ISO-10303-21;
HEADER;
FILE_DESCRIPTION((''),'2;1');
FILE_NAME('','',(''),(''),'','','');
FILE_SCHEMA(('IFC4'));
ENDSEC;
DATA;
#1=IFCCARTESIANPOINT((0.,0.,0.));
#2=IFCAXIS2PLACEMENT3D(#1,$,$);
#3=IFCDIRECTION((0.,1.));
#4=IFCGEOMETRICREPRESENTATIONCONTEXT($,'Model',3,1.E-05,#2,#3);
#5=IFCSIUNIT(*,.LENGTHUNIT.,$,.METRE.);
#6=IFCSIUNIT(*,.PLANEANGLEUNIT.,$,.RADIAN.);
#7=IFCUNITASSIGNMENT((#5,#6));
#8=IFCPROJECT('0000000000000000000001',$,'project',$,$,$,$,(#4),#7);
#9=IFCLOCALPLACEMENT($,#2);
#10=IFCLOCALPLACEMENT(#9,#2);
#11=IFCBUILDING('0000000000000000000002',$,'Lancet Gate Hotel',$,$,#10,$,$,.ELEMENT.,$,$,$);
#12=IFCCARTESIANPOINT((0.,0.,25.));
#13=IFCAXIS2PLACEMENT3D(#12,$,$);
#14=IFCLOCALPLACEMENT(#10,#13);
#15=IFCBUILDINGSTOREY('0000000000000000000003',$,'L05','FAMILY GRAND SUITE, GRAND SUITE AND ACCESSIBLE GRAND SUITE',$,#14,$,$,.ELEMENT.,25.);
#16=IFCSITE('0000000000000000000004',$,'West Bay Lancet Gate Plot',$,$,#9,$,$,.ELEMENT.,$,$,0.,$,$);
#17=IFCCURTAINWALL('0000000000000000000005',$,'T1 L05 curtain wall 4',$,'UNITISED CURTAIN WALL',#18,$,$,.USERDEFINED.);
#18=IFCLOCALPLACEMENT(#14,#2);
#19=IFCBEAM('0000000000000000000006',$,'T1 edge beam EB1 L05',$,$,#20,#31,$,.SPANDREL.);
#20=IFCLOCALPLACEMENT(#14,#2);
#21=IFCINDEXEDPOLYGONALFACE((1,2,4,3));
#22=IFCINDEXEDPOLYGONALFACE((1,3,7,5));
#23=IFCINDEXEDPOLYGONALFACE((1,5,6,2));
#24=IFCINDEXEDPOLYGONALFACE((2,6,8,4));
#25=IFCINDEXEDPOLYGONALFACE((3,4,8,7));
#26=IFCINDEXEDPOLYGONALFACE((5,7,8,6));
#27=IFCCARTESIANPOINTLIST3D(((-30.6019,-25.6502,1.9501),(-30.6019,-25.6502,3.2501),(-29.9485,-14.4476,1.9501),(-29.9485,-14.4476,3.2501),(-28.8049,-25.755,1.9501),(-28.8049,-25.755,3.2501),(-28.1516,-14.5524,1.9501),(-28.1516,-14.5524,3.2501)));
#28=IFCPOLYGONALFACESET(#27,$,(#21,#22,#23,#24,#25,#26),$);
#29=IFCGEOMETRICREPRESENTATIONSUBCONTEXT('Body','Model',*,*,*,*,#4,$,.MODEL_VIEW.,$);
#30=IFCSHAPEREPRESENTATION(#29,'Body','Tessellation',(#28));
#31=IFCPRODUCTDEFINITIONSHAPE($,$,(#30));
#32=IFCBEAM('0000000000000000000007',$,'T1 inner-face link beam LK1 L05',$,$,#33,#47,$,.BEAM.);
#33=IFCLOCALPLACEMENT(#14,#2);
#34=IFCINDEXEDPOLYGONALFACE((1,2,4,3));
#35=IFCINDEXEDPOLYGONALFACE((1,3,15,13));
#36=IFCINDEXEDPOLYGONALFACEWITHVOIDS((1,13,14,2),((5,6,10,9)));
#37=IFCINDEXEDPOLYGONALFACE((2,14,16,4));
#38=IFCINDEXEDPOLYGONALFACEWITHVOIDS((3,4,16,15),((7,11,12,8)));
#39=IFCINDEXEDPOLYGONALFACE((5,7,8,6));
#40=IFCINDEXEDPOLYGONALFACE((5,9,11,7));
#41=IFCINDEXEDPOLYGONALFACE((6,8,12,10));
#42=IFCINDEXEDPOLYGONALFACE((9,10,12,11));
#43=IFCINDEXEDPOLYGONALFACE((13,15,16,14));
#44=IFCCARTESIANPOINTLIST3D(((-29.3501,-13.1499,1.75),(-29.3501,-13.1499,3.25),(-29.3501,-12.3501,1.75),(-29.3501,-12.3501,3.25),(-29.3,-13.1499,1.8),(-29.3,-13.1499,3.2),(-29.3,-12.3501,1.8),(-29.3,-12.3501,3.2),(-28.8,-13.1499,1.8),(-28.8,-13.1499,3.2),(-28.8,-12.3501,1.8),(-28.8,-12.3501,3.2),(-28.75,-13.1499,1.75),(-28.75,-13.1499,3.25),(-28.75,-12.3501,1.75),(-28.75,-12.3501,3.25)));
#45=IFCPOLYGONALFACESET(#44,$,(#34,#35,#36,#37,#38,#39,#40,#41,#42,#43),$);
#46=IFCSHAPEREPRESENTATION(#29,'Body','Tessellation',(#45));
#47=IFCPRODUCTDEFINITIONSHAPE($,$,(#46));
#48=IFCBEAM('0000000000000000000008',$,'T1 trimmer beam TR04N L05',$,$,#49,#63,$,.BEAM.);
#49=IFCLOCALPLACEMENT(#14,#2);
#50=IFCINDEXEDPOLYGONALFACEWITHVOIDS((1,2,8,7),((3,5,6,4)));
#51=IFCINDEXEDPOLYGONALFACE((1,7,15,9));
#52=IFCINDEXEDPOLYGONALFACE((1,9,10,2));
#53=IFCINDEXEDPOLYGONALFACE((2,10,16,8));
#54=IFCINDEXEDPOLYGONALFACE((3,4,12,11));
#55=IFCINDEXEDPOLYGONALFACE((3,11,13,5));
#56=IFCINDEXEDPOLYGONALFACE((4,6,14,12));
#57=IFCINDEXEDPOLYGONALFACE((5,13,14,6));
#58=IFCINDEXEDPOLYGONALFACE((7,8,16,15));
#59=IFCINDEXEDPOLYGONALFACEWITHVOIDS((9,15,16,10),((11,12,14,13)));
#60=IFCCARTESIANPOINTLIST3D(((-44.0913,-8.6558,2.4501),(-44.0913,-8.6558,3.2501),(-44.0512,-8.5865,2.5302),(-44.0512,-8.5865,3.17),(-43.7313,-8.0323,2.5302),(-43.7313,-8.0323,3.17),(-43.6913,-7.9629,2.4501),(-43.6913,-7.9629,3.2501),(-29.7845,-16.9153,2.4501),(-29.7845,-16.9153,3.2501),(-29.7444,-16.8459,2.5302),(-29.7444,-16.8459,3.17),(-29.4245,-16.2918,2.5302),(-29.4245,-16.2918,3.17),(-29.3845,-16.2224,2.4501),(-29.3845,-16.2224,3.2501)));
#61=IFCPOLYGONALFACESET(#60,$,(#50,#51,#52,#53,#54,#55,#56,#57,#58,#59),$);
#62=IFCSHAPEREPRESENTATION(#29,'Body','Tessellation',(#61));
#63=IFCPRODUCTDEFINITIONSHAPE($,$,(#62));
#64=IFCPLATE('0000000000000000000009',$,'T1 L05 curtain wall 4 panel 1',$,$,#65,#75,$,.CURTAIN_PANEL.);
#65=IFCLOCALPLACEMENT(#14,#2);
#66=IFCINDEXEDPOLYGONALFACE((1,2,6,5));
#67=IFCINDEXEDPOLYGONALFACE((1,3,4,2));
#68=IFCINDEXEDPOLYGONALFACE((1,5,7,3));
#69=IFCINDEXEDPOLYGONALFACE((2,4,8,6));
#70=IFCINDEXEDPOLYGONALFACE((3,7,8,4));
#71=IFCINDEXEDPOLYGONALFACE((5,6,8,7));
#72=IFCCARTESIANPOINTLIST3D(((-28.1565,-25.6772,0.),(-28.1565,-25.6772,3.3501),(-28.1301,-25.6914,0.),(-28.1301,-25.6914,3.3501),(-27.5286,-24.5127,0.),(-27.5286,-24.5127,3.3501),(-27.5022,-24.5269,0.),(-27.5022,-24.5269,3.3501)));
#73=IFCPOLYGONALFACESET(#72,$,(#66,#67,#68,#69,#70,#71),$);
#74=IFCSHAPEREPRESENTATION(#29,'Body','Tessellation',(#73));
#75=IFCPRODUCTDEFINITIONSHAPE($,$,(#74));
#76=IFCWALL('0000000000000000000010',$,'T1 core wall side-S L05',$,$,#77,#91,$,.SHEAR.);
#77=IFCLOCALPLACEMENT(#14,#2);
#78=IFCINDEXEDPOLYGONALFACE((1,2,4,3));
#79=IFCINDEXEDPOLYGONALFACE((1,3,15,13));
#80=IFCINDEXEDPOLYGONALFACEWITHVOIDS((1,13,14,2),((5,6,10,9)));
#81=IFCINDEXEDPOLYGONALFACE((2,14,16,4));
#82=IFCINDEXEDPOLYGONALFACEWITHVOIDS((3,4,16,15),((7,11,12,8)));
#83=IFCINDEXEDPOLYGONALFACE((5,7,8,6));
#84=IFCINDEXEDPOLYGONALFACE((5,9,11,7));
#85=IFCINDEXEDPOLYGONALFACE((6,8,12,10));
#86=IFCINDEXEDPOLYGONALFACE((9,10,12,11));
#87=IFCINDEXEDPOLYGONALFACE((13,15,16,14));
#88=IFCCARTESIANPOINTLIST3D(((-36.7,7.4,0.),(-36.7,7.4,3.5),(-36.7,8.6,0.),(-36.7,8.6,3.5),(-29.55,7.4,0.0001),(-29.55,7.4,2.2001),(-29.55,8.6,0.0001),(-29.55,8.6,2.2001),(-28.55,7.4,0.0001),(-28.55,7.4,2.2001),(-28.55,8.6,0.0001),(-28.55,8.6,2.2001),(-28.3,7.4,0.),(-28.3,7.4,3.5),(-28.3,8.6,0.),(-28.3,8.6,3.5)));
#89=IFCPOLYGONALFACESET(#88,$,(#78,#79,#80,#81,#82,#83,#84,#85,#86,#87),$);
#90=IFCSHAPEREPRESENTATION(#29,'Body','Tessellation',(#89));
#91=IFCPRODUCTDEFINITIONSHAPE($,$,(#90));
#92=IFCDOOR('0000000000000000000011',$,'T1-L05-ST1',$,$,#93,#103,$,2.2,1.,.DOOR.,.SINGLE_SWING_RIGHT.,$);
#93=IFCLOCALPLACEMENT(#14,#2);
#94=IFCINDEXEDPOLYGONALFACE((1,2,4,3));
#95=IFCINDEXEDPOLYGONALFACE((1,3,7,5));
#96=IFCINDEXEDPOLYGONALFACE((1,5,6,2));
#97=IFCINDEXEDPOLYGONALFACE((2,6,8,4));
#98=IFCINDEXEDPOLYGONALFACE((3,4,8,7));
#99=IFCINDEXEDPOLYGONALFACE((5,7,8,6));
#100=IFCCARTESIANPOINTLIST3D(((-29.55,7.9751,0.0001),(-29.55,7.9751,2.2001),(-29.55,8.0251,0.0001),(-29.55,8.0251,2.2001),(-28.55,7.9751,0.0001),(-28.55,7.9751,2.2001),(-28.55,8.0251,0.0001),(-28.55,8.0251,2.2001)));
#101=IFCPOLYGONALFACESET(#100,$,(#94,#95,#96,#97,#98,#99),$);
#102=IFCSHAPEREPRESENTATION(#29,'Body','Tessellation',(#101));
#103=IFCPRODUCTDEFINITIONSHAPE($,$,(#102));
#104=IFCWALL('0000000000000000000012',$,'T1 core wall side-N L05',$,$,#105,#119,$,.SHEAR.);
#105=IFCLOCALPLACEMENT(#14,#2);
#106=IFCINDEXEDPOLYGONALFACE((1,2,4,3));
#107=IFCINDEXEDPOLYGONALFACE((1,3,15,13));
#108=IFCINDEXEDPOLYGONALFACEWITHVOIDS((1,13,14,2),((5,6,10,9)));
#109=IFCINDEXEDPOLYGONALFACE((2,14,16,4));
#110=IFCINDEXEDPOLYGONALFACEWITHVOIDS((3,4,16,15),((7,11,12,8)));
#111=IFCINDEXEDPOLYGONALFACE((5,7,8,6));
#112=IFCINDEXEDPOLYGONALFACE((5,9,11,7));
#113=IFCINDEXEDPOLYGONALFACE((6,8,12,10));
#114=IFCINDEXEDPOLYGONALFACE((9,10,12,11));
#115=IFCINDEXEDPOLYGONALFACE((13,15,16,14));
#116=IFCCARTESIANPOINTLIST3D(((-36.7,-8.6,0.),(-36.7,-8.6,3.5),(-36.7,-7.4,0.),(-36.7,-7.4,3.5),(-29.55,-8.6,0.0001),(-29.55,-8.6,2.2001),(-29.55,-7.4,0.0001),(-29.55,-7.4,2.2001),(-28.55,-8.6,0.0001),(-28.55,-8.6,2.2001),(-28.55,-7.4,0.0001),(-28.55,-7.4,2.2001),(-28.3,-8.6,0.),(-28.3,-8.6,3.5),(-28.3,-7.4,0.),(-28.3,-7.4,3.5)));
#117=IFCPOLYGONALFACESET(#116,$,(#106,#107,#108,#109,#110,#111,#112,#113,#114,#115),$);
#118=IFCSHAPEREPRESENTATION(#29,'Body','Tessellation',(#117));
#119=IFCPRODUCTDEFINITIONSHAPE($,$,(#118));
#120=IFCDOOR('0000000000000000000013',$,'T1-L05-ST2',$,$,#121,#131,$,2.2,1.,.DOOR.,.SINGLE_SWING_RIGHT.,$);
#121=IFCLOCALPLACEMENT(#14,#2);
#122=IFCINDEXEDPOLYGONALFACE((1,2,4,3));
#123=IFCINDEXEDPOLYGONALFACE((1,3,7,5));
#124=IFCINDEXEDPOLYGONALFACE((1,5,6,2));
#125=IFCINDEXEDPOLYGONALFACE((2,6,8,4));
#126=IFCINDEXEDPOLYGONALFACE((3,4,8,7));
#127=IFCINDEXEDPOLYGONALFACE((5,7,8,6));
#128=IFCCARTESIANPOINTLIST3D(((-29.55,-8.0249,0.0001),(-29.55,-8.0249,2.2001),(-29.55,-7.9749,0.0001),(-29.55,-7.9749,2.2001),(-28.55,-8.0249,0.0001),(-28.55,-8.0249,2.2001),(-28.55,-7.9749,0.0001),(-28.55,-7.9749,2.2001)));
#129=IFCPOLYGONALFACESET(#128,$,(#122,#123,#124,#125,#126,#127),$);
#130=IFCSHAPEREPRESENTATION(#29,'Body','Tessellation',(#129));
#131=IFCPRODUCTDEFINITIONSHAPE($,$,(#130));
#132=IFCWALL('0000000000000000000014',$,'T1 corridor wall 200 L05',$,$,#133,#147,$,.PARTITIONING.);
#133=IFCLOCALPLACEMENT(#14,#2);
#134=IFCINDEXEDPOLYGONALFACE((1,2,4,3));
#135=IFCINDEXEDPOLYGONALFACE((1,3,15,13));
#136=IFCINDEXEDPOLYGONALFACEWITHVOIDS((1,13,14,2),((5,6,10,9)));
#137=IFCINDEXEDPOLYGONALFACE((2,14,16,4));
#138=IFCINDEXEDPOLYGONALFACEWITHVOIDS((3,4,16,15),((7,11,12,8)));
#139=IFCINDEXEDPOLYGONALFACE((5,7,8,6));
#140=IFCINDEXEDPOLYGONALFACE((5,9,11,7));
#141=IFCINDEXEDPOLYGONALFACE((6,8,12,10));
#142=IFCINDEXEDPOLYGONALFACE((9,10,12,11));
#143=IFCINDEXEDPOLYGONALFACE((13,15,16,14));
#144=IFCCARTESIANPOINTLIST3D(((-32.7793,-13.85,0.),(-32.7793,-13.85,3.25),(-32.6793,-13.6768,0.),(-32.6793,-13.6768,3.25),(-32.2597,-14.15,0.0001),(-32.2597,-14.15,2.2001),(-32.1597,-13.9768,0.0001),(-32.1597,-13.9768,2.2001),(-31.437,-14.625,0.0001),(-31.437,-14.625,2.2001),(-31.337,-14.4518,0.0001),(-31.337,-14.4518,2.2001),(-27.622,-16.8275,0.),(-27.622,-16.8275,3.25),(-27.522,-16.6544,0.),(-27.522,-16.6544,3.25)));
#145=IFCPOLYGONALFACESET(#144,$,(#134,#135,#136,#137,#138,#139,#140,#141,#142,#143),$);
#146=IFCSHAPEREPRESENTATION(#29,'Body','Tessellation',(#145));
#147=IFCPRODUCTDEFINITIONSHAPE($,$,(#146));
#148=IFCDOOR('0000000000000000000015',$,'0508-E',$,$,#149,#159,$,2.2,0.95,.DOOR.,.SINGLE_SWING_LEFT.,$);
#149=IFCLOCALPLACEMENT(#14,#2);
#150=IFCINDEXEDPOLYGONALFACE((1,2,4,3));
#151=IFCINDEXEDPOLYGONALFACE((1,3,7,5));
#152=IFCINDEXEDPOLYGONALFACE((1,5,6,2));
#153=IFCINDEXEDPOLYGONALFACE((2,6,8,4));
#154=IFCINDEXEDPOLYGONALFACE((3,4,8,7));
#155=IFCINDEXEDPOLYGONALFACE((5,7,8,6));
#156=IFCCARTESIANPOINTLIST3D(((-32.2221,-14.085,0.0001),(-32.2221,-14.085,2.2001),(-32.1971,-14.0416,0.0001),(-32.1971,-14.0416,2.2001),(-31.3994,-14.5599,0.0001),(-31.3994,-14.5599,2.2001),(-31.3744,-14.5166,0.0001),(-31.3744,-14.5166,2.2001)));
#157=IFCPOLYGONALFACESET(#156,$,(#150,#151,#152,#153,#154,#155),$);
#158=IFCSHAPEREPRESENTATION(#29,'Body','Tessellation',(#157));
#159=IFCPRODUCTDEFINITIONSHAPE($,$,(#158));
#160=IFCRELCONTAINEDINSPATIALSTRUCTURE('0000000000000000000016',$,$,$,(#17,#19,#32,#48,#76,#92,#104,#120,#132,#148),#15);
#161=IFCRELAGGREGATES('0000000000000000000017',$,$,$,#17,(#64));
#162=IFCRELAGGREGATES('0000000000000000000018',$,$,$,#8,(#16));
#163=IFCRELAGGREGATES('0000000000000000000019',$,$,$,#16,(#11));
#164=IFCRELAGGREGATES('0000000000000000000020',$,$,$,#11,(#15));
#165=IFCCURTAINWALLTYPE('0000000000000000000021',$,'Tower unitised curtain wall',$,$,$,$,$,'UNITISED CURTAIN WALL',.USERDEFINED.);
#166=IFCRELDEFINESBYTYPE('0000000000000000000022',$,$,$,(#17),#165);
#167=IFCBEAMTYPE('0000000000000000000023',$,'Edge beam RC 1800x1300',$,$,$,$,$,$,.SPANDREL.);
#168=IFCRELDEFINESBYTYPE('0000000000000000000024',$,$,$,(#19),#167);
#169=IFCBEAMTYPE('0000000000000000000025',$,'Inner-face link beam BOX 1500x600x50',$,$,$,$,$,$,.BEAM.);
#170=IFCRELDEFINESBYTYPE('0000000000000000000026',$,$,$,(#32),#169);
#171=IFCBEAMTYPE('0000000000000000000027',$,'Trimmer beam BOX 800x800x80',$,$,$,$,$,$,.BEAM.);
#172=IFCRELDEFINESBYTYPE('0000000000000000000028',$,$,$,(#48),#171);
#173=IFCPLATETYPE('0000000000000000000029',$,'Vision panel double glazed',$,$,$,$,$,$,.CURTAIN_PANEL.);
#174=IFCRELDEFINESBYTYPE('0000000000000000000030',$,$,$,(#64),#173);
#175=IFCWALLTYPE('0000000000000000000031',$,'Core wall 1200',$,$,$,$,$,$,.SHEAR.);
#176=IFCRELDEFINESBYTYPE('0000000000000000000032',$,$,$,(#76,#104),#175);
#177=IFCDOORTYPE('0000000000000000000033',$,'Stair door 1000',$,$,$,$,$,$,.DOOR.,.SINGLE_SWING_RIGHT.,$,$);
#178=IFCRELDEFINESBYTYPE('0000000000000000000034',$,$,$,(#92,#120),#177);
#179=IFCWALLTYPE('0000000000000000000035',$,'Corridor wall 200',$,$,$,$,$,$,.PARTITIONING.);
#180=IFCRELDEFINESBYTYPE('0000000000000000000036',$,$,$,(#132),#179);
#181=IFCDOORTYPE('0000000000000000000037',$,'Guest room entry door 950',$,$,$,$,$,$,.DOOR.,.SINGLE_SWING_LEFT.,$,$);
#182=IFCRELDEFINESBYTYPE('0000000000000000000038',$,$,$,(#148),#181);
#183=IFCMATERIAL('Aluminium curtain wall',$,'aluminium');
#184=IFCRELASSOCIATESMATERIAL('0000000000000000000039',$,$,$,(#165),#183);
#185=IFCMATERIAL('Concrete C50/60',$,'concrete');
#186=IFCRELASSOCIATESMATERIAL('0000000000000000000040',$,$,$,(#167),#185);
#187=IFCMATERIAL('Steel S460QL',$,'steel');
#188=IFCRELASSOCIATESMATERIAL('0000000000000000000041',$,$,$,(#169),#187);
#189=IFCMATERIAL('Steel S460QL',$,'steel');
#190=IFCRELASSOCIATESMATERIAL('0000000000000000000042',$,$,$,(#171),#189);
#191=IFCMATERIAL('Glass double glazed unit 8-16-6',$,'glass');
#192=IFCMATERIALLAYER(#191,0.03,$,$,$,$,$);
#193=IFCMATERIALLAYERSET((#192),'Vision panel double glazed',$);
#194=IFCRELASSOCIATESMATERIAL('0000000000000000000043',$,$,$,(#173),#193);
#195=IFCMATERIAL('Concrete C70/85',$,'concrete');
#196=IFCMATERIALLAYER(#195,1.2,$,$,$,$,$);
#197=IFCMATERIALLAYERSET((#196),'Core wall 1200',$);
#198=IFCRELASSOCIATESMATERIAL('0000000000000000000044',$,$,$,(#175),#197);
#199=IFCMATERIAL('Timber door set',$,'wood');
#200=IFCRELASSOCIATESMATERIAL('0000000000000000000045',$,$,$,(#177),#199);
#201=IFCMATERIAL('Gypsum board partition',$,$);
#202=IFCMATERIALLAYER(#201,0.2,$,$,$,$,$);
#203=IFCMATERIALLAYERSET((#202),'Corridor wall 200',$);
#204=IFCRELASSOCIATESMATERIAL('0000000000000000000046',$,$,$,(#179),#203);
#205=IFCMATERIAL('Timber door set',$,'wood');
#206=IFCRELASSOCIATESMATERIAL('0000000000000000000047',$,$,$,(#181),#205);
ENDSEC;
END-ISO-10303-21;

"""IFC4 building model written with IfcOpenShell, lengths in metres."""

from ifc_helpers import new_model, si_unit, direction, frame, frame_2d, origin, origin_2d, place, context, subcontext, project, spatial, rectangle, hollow_rectangle, extrude, material, layer, layer_set, material_profile, profile_set, type_object, element, fill, aggregate, save


model = new_model("IFC4")

# Units and contexts
model_context = context("Model", 3, precision=1e-05, world=origin(), true_north=direction((0.0, 1.0)))
body_context = subcontext(model_context, "Body", "Model", "MODEL_VIEW")
ifc_project = project(units=[si_unit("LENGTHUNIT", "METRE"), si_unit("PLANEANGLEUNIT", "RADIAN")], contexts=[model_context])

# Site, building, storey
site_placement = place(None, origin())
site = spatial("IfcSite", under=ifc_project, at=site_placement, Name="West Bay Lancet Gate Plot", CompositionType="ELEMENT", RefElevation=0.0)
building_placement = place(site_placement, origin())
building = spatial("IfcBuilding", under=site, at=building_placement, Name="Lancet Gate Hotel", CompositionType="ELEMENT")
storey_placement = place(building_placement, frame((0.0, 0.0, 25.0)))
storey = spatial("IfcBuildingStorey", under=building, at=storey_placement, Name="L05", Description="FAMILY GRAND SUITE, GRAND SUITE AND ACCESSIBLE GRAND SUITE", CompositionType="ELEMENT", Elevation=25.0)

# Curtain wall
ifc_material_1 = material(Name="Aluminium curtain wall", Category="aluminium")
curtain_wall_type = type_object("IfcCurtainWallType", Name="Tower unitised curtain wall", ElementType="UNITISED CURTAIN WALL", PredefinedType="USERDEFINED", material=ifc_material_1)
curtain_wall_1_placement = place(storey_placement, origin())
curtain_wall_1 = element("IfcCurtainWall", 1, at=curtain_wall_1_placement, inside=storey, type_object=curtain_wall_type, Name="T1 L05 curtain wall 4", ObjectType="UNITISED CURTAIN WALL", PredefinedType="USERDEFINED")

# Beams
ifc_material_2 = material(Name="Concrete C50/60", Category="concrete")
ifc_material_profile_1 = material_profile(ifc_material_2, rectangle(XDim=1.8, YDim=1.3, at=origin_2d()), Name="RC 1800x1300")
ifc_profile_set_1 = profile_set([ifc_material_profile_1], Name="Concrete C50/60")
beam_type_1 = type_object("IfcBeamType", Name="Edge beam RC 1800x1300", PredefinedType="SPANDREL", material=ifc_profile_set_1)
beam_1_placement = place(storey_placement, frame((-29.05, -14.5, 2.6001), z_axis=(-0.05822, -0.998304, 0.0), x_axis=(0.998304, -0.05822, 0.0)))
element("IfcBeam", 2, at=beam_1_placement, inside=storey, type_object=beam_type_1, Name="T1 edge beam EB1 L05", PredefinedType="SPANDREL", context=body_context, shape_type="SweptSolid", body=[
    extrude(rectangle(XDim=1.8, YDim=1.3, at=origin_2d()), origin(), (0.0, 0.0, 1.0), 11.2217),
])
ifc_material_3 = material(Name="Steel S460QL", Category="steel")
ifc_material_profile_2 = material_profile(ifc_material_3, hollow_rectangle(XDim=0.6001, YDim=1.5, WallThickness=0.05, at=origin_2d()), Name="BOX 1500x600x50")
ifc_profile_set_2 = profile_set([ifc_material_profile_2], Name="Steel S460QL")
beam_type_2 = type_object("IfcBeamType", Name="Inner-face link beam BOX 1500x600x50", PredefinedType="BEAM", material=ifc_profile_set_2)
beam_2_placement = place(storey_placement, frame((-29.05, -12.3501, 2.5), z_axis=(0.0, -1.0, 0.0), x_axis=(1.0, 0.0, 0.0)))
element("IfcBeam", 3, at=beam_2_placement, inside=storey, type_object=beam_type_2, Name="T1 inner-face link beam LK1 L05", PredefinedType="BEAM", context=body_context, shape_type="SweptSolid", body=[
    extrude(hollow_rectangle(XDim=0.6001, YDim=1.5, WallThickness=0.05, at=origin_2d()), origin(), (0.0, 0.0, 1.0), 0.7998),
])
ifc_material_4 = material(Name="Steel S460QL", Category="steel")
ifc_material_profile_3 = material_profile(ifc_material_4, hollow_rectangle(XDim=0.8, YDim=0.8, WallThickness=0.0801, at=origin_2d()), Name="BOX 800x800x80")
ifc_profile_set_3 = profile_set([ifc_material_profile_3], Name="Steel S460QL")
beam_type_3 = type_object("IfcBeamType", Name="Trimmer beam BOX 800x800x80", PredefinedType="BEAM", material=ifc_profile_set_3)
beam_3_placement = place(storey_placement, frame((-29.5845, -16.5688, 2.8501), z_axis=(-0.86604, 0.499974, 0.0), x_axis=(-0.499974, -0.86604, 0.0)))
element("IfcBeam", 4, at=beam_3_placement, inside=storey, type_object=beam_type_3, Name="T1 trimmer beam TR04N L05", PredefinedType="BEAM", context=body_context, shape_type="SweptSolid", body=[
    extrude(hollow_rectangle(XDim=0.8, YDim=0.8, WallThickness=0.0801, at=origin_2d()), origin(), (0.0, 0.0, 1.0), 16.5198),
])

# Plate
ifc_material_5 = material(Name="Glass double glazed unit 8-16-6", Category="glass")
ifc_layer_1 = layer(ifc_material_5, 0.03)
ifc_layer_set_1 = layer_set([ifc_layer_1], Name="Vision panel double glazed")
plate_type = type_object("IfcPlateType", Name="Vision panel double glazed", PredefinedType="CURTAIN_PANEL", material=ifc_layer_set_1)
plate_placement = place(storey_placement, frame((-27.8293, -25.1021, 0.0), z_axis=(0.0, 0.0, 1.0), x_axis=(0.474631, 0.880185, 0.0)))
plate = element("IfcPlate", 5, at=plate_placement, type_object=plate_type, Name="T1 L05 curtain wall 4 panel 1", PredefinedType="CURTAIN_PANEL", context=body_context, shape_type="SweptSolid", body=[
    extrude(rectangle(XDim=1.323, YDim=0.03, at=origin_2d()), origin(), (0.0, 0.0, 1.0), 3.3501),
])
aggregate(curtain_wall_1, [plate])

# Walls, openings, doors
ifc_material_6 = material(Name="Concrete C70/85", Category="concrete")
ifc_layer_2 = layer(ifc_material_6, 1.2)
ifc_layer_set_2 = layer_set([ifc_layer_2], Name="Core wall 1200")
wall_type_1 = type_object("IfcWallType", Name="Core wall 1200", PredefinedType="SHEAR", material=ifc_layer_set_2)
wall_1_placement = place(storey_placement, frame((-28.3, 8.0, 0.0), z_axis=(0.0, 0.0, 1.0), x_axis=(-1.0, 0.0, 0.0)))
wall_1 = element("IfcWall", 6, at=wall_1_placement, inside=storey, type_object=wall_type_1, Name="T1 core wall side-S L05", PredefinedType="SHEAR", context=body_context, shape_type="SweptSolid", body=[
    extrude(rectangle(XDim=8.3999, YDim=1.2, at=frame_2d((4.2, 0.0))), origin(), (0.0, 0.0, 1.0), 3.5),
])
opening_1_placement = place(wall_1_placement, frame((0.25, 0.0, 0.0)))
opening_1 = element("IfcOpeningElement", 7, at=opening_1_placement, cuts=wall_1, PredefinedType="OPENING", context=body_context, shape_type="SweptSolid", body=[
    extrude(rectangle(XDim=1.0, YDim=2.2, at=frame_2d((0.5, 1.1001))), frame((0.0, 0.6099, 0.0), z_axis=(0.0, -1.0, 0.0), x_axis=(1.0, 0.0, 0.0)), (0.0, 0.0, 1.0), 1.22),
])
ifc_material_7 = material(Name="Timber door set", Category="wood")
door_type_1 = type_object("IfcDoorType", Name="Stair door 1000", OperationType="SINGLE_SWING_RIGHT", PredefinedType="DOOR", material=ifc_material_7)
door_1_placement = place(opening_1_placement, origin())
door_1 = element("IfcDoor", 8, at=door_1_placement, inside=storey, type_object=door_type_1, Name="T1-L05-ST1", OperationType="SINGLE_SWING_RIGHT", OverallHeight=2.2, OverallWidth=1.0, PredefinedType="DOOR", context=body_context, shape_type="SweptSolid", body=[
    extrude(rectangle(XDim=1.0, YDim=2.2, at=frame_2d((0.5, 1.1001))), frame((0.0, 0.0249, 0.0), z_axis=(0.0, -1.0, 0.0), x_axis=(1.0, 0.0, 0.0)), (0.0, 0.0, 1.0), 0.05),
])
fill(opening_1, door_1)
wall_2_placement = place(storey_placement, frame((-28.3, -8.0, 0.0), z_axis=(0.0, 0.0, 1.0), x_axis=(-1.0, 0.0, 0.0)))
wall_2 = element("IfcWall", 9, at=wall_2_placement, inside=storey, type_object=wall_type_1, Name="T1 core wall side-N L05", PredefinedType="SHEAR", context=body_context, shape_type="SweptSolid", body=[
    extrude(rectangle(XDim=8.3999, YDim=1.2, at=frame_2d((4.2, 0.0))), origin(), (0.0, 0.0, 1.0), 3.5),
])
opening_2_placement = place(wall_2_placement, frame((0.25, 0.0, 0.0)))
opening_2 = element("IfcOpeningElement", 10, at=opening_2_placement, cuts=wall_2, PredefinedType="OPENING", context=body_context, shape_type="SweptSolid", body=[
    extrude(rectangle(XDim=1.0, YDim=2.2, at=frame_2d((0.5, 1.1001))), frame((0.0, 0.6099, 0.0), z_axis=(0.0, -1.0, 0.0), x_axis=(1.0, 0.0, 0.0)), (0.0, 0.0, 1.0), 1.22),
])
door_2_placement = place(opening_2_placement, origin())
door_2 = element("IfcDoor", 11, at=door_2_placement, inside=storey, type_object=door_type_1, Name="T1-L05-ST2", OperationType="SINGLE_SWING_RIGHT", OverallHeight=2.2, OverallWidth=1.0, PredefinedType="DOOR", context=body_context, shape_type="SweptSolid", body=[
    extrude(rectangle(XDim=1.0, YDim=2.2, at=frame_2d((0.5, 1.1001))), frame((0.0, 0.0249, 0.0), z_axis=(0.0, -1.0, 0.0), x_axis=(1.0, 0.0, 0.0)), (0.0, 0.0, 1.0), 0.05),
])
fill(opening_2, door_2)
ifc_material_8 = material(Name="Gypsum board partition")
ifc_layer_3 = layer(ifc_material_8, 0.2)
ifc_layer_set_3 = layer_set([ifc_layer_3], Name="Corridor wall 200")
wall_type_2 = type_object("IfcWallType", Name="Corridor wall 200", PredefinedType="PARTITIONING", material=ifc_layer_set_3)
wall_3_placement = place(storey_placement, frame((-27.572, -16.741, 0.0), z_axis=(0.0, 0.0, 1.0), x_axis=(-0.866024, 0.500002, 0.0)))
wall_3 = element("IfcWall", 12, at=wall_3_placement, inside=storey, type_object=wall_type_2, Name="T1 corridor wall 200 L05", PredefinedType="PARTITIONING", context=body_context, shape_type="SweptSolid", body=[
    extrude(rectangle(XDim=5.9551, YDim=0.2, at=frame_2d((2.9775, 0.0))), origin(), (0.0, 0.0, 1.0), 3.25),
])
opening_3_placement = place(wall_3_placement, frame((4.405, 0.0, 0.0)))
opening_3 = element("IfcOpeningElement", 13, at=opening_3_placement, cuts=wall_3, PredefinedType="OPENING", context=body_context, shape_type="SweptSolid", body=[
    extrude(rectangle(XDim=0.95, YDim=2.2, at=frame_2d((0.4751, 1.1001))), frame((0.0, 0.1099, 0.0), z_axis=(0.0, -1.0, 0.0), x_axis=(1.0, 0.0, 0.0)), (0.0, 0.0, 1.0), 0.22),
])
ifc_material_9 = material(Name="Timber door set", Category="wood")
door_type_2 = type_object("IfcDoorType", Name="Guest room entry door 950", OperationType="SINGLE_SWING_LEFT", PredefinedType="DOOR", material=ifc_material_9)
door_3_placement = place(opening_3_placement, origin())
door_3 = element("IfcDoor", 14, at=door_3_placement, inside=storey, type_object=door_type_2, Name="0508-E", OperationType="SINGLE_SWING_LEFT", OverallHeight=2.2, OverallWidth=0.95, PredefinedType="DOOR", context=body_context, shape_type="SweptSolid", body=[
    extrude(rectangle(XDim=0.95, YDim=2.2, at=frame_2d((0.4751, 1.1001))), frame((0.0, 0.0249, 0.0), z_axis=(0.0, -1.0, 0.0), x_axis=(1.0, 0.0, 0.0)), (0.0, 0.0, 1.0), 0.05),
])
fill(opening_3, door_3)

save(model, "model.ifc")
